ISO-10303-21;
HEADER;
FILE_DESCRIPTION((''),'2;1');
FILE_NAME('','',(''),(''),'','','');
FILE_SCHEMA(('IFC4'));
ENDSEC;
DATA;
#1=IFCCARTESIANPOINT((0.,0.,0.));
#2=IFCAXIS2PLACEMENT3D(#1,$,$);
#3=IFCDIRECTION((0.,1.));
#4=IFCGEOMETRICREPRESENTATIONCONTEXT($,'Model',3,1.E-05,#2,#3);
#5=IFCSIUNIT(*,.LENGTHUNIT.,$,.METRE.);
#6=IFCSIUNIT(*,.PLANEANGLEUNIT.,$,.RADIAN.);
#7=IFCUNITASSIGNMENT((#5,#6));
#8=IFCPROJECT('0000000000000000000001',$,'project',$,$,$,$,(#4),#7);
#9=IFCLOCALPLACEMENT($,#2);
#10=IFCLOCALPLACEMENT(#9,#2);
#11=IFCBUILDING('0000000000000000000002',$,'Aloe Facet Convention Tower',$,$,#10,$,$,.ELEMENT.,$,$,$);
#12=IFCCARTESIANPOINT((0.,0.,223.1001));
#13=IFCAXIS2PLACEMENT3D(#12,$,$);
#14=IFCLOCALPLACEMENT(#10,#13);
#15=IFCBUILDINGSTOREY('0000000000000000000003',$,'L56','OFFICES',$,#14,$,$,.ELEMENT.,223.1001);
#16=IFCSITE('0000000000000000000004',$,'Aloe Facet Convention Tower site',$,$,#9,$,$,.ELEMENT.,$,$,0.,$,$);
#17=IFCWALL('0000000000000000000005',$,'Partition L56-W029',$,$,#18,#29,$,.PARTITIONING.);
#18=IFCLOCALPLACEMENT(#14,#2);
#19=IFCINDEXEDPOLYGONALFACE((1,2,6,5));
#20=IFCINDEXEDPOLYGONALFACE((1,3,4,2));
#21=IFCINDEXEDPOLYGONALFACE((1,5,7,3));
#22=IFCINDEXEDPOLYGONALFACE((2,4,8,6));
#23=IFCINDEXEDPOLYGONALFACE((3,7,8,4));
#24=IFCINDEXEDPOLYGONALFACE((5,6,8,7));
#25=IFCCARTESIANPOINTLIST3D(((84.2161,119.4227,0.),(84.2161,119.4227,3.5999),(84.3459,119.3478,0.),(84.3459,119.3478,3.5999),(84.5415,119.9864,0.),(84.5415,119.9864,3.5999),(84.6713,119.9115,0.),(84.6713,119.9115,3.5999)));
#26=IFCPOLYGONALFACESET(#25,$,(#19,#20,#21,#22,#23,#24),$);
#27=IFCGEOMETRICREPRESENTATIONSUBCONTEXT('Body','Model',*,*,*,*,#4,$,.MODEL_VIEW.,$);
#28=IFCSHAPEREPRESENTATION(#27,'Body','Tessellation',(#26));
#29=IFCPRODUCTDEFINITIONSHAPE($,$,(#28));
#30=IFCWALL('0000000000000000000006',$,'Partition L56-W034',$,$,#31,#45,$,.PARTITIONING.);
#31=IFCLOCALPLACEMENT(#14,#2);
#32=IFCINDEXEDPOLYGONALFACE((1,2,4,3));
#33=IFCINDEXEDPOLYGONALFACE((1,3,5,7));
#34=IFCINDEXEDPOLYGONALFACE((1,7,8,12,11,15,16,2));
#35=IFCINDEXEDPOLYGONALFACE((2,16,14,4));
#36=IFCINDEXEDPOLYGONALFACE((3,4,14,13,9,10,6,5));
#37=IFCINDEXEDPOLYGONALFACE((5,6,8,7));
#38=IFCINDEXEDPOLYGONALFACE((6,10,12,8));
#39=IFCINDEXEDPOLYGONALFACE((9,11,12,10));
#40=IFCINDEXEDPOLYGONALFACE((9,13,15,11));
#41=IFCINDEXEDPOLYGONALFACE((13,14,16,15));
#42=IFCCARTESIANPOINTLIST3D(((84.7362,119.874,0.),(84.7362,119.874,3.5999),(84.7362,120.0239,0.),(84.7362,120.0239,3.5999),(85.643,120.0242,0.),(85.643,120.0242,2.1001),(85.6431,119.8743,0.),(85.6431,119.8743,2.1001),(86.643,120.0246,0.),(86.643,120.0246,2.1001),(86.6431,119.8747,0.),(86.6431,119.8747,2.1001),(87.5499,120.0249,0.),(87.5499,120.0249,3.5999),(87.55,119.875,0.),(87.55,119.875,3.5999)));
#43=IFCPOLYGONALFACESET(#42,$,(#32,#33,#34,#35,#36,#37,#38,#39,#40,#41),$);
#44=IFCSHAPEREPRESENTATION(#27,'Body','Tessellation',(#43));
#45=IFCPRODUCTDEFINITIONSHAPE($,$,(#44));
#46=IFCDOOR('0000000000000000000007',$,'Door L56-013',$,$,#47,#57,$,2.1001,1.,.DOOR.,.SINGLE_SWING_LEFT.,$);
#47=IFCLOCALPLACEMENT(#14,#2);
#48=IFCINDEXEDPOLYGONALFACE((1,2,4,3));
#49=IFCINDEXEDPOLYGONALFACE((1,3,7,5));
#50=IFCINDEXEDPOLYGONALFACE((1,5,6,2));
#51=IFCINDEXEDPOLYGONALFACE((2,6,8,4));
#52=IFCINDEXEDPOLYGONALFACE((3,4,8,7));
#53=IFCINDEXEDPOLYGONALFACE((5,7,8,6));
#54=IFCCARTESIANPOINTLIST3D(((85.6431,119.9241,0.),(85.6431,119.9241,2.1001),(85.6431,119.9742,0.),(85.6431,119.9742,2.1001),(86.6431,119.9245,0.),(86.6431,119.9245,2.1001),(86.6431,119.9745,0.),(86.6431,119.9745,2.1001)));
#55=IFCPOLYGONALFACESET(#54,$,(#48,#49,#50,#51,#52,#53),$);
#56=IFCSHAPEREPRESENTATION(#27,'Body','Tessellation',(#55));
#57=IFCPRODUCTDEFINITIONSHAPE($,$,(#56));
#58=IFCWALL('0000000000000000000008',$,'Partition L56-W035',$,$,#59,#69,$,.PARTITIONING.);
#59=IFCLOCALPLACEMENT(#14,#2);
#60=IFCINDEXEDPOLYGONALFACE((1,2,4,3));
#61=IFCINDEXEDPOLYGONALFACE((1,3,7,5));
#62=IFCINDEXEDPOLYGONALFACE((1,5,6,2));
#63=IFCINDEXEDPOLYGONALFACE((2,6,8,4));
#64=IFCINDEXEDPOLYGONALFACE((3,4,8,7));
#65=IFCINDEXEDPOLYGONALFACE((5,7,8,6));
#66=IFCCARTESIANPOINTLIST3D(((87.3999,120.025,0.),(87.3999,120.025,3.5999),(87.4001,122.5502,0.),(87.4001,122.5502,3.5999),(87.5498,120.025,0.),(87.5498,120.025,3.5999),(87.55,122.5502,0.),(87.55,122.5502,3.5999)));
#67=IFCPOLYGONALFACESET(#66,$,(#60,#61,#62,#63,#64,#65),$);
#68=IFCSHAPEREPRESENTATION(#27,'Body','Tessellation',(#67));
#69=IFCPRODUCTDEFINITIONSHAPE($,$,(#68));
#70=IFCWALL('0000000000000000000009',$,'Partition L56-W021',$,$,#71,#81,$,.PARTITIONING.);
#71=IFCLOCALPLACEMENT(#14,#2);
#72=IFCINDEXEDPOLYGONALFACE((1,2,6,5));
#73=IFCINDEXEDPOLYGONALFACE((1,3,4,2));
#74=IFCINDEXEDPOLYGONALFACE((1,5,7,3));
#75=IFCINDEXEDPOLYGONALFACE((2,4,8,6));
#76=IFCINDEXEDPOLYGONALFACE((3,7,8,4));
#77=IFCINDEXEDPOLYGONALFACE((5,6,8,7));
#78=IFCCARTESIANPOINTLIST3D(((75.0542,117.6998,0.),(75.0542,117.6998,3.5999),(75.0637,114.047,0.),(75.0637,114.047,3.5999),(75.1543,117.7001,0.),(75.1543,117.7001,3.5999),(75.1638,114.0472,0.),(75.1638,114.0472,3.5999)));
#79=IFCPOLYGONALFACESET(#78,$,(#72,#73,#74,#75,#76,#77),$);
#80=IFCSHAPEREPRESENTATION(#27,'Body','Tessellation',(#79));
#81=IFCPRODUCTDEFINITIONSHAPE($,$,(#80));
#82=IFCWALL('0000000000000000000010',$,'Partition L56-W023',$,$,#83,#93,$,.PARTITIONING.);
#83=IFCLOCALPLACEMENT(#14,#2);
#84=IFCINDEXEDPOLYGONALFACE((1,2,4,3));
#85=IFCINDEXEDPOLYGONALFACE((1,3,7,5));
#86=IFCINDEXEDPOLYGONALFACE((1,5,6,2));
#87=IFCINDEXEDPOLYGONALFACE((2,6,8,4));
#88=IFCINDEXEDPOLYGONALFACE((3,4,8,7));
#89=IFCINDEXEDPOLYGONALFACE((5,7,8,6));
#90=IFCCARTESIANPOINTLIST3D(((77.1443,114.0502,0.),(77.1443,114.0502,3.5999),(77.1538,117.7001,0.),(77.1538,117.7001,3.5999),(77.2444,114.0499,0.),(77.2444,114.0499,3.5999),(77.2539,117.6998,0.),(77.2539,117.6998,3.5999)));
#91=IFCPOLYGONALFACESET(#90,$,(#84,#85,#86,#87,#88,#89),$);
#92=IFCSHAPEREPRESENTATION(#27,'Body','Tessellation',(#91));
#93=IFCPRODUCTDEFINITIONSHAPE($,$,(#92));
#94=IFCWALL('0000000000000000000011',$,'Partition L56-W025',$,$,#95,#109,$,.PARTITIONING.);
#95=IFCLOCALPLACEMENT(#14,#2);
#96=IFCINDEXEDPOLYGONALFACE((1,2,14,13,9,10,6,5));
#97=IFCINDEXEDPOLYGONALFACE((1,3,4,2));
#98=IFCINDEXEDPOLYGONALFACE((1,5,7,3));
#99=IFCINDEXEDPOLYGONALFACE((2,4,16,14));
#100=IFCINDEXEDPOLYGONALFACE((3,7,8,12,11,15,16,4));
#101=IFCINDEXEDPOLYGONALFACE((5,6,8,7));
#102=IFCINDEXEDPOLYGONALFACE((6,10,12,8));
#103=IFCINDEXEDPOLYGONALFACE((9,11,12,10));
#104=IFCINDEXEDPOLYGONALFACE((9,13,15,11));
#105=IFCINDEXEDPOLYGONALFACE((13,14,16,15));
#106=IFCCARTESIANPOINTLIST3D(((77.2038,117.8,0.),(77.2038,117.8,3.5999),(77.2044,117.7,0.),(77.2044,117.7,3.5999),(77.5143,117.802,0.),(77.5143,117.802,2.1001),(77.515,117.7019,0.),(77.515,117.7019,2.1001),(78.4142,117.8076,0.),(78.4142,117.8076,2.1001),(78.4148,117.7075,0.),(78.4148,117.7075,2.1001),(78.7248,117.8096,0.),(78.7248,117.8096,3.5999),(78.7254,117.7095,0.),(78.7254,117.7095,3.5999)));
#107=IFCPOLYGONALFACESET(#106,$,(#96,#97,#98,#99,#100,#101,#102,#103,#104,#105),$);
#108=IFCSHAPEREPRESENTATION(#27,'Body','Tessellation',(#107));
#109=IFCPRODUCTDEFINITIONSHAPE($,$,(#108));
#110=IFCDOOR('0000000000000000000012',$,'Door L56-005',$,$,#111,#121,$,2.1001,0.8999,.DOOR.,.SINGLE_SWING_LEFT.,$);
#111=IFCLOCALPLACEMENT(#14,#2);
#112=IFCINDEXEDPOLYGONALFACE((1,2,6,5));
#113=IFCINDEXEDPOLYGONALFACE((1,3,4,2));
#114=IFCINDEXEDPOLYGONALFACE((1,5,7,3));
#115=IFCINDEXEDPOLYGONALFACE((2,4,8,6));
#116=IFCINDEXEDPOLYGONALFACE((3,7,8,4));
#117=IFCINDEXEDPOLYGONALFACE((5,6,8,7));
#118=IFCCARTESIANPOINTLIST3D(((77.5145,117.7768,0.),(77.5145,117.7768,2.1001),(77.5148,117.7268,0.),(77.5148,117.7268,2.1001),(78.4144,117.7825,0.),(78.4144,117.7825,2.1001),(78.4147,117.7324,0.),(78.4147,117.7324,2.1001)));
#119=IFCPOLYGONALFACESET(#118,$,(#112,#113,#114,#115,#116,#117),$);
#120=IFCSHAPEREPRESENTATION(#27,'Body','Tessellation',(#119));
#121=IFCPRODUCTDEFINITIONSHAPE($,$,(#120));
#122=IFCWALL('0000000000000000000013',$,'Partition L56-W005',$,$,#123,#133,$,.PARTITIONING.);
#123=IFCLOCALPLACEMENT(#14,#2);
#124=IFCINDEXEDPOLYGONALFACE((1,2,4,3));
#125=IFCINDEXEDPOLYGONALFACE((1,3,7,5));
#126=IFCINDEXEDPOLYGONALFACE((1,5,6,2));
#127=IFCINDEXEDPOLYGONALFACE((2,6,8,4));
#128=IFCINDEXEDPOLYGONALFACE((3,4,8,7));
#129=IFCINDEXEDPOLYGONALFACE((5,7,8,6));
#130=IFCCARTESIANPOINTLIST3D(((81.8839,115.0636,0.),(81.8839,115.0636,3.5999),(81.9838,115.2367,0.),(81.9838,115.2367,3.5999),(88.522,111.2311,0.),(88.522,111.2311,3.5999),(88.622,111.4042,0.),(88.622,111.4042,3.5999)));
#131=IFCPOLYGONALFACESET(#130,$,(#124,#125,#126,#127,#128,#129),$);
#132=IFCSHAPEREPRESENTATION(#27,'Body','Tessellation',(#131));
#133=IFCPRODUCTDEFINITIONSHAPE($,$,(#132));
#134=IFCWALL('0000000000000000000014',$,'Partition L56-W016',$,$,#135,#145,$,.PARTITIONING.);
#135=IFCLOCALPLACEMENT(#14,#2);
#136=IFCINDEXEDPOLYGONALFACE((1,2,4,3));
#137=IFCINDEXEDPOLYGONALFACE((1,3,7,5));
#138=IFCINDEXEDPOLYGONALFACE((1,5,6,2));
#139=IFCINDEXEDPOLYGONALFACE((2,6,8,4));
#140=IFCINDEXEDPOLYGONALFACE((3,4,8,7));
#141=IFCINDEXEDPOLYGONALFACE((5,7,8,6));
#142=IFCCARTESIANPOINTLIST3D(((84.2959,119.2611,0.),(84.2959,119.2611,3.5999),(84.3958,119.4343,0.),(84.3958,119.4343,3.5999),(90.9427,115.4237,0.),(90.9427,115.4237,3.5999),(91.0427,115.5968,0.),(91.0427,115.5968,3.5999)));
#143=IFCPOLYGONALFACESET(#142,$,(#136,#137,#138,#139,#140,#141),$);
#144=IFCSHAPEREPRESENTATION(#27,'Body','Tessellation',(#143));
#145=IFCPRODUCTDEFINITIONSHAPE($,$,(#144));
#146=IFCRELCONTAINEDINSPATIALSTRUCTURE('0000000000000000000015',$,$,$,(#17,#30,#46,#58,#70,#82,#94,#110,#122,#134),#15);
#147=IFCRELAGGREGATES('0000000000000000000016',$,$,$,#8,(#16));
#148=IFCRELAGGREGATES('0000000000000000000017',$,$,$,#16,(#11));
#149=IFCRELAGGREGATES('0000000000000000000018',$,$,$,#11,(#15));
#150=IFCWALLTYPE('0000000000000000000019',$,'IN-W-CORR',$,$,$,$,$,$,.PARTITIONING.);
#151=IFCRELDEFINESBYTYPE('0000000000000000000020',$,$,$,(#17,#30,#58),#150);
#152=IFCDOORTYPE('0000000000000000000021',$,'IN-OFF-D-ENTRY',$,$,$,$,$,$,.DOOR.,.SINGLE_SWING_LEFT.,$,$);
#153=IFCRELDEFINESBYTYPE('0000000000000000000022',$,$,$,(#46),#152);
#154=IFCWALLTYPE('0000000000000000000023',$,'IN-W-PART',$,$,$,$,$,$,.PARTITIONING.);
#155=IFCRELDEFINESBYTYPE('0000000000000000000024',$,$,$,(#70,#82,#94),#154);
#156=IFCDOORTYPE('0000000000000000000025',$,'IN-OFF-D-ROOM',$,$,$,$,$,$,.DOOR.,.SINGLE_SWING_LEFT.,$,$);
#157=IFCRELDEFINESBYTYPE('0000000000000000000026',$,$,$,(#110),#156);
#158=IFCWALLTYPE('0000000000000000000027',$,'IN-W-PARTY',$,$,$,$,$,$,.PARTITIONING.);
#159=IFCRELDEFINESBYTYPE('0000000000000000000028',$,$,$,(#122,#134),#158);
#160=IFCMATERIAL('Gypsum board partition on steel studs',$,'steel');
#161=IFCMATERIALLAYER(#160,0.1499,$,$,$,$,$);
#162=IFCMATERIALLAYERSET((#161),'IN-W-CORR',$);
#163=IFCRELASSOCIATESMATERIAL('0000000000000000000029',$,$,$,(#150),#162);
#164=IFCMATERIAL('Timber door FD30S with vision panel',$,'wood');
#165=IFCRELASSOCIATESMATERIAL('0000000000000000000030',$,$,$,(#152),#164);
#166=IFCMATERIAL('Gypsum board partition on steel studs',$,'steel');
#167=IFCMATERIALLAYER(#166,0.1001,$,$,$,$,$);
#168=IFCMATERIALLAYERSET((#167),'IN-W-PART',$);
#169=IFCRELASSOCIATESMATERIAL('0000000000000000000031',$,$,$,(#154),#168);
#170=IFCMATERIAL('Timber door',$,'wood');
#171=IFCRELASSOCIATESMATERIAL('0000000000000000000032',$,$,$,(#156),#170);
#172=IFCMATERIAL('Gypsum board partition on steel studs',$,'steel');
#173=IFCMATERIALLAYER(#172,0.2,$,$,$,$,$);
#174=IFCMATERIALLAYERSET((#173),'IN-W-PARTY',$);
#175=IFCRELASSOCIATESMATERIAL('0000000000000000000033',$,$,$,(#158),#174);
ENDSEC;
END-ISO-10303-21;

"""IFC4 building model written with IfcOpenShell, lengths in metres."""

from ifc_helpers import new_model, si_unit, direction, frame, frame_2d, origin, place, context, subcontext, project, spatial, rectangle, extrude, material, layer, layer_set, type_object, element, fill, save


model = new_model("IFC4")

# Units and contexts
model_context = context("Model", 3, precision=1e-05, world=origin(), true_north=direction((0.0, 1.0)))
body_context = subcontext(model_context, "Body", "Model", "MODEL_VIEW")
ifc_project = project(units=[si_unit("LENGTHUNIT", "METRE"), si_unit("PLANEANGLEUNIT", "RADIAN")], contexts=[model_context])

# Site, building, storey
site_placement = place(None, origin())
site = spatial("IfcSite", under=ifc_project, at=site_placement, Name="Aloe Facet Convention Tower site", CompositionType="ELEMENT", RefElevation=0.0)
building_placement = place(site_placement, origin())
building = spatial("IfcBuilding", under=site, at=building_placement, Name="Aloe Facet Convention Tower", CompositionType="ELEMENT")
storey_placement = place(building_placement, frame((0.0, 0.0, 223.1001)))
storey = spatial("IfcBuildingStorey", under=building, at=storey_placement, Name="L56", Description="OFFICES", CompositionType="ELEMENT", Elevation=223.1001)

# Shared definitions
ifc_material_1 = material(Name="Gypsum board partition on steel studs", Category="steel")
ifc_layer_1 = layer(ifc_material_1, 0.1499)
ifc_layer_set_1 = layer_set([ifc_layer_1], Name="IN-W-CORR")
wall_type_1 = type_object("IfcWallType", Name="IN-W-CORR", PredefinedType="PARTITIONING", material=ifc_layer_set_1)
ifc_material_2 = material(Name="Timber door FD30S with vision panel", Category="wood")
door_type_1 = type_object("IfcDoorType", Name="IN-OFF-D-ENTRY", OperationType="SINGLE_SWING_LEFT", PredefinedType="DOOR", material=ifc_material_2)

# Wall
wall_1_placement = place(storey_placement, frame((84.281, 119.3853, 0.0), z_axis=(0.0, 0.0, 1.0), x_axis=(0.499971, 0.866042, 0.0)))
element("IfcWall", 1, at=wall_1_placement, inside=storey, type_object=wall_type_1, Name="Partition L56-W029", PredefinedType="PARTITIONING", context=body_context, shape_type="SweptSolid", body=[
    extrude(rectangle(XDim=0.6509, YDim=0.1499, at=frame_2d((0.3254, 0.0))), origin(), (0.0, 0.0, 1.0), 3.5999),
])

# Wall, opening, door
wall_2_placement = place(storey_placement, frame((84.7363, 119.949, 0.0), z_axis=(0.0, 0.0, 1.0), x_axis=(1.0, 0.000347, 0.0)))
wall_2 = element("IfcWall", 2, at=wall_2_placement, inside=storey, type_object=wall_type_1, Name="Partition L56-W034", PredefinedType="PARTITIONING", context=body_context, shape_type="SweptSolid", body=[
    extrude(rectangle(XDim=2.8137, YDim=0.1499, at=frame_2d((1.4067, 0.0))), origin(), (0.0, 0.0, 1.0), 3.5999),
])
opening_1_placement = place(wall_2_placement, frame((0.9067, 0.0, 0.0)))
opening_1 = element("IfcOpeningElement", 3, at=opening_1_placement, cuts=wall_2, PredefinedType="OPENING", context=body_context, shape_type="SweptSolid", body=[
    extrude(rectangle(XDim=1.0, YDim=2.1001, at=frame_2d((0.5, 1.05))), frame((0.0, 0.085, 0.0), z_axis=(0.0, -1.0, 0.0), x_axis=(1.0, 0.0, 0.0)), (0.0, 0.0, 1.0), 0.1699),
])
door_1_placement = place(opening_1_placement, origin())
door_1 = element("IfcDoor", 4, at=door_1_placement, inside=storey, type_object=door_type_1, Name="Door L56-013", OperationType="SINGLE_SWING_LEFT", OverallHeight=2.1001, OverallWidth=1.0, PredefinedType="DOOR", context=body_context, shape_type="SweptSolid", body=[
    extrude(rectangle(XDim=1.0, YDim=2.1001, at=frame_2d((0.5, 1.05))), frame((0.0, 0.0249, 0.0), z_axis=(0.0, -1.0, 0.0), x_axis=(1.0, 0.0, 0.0)), (0.0, 0.0, 1.0), 0.05),
])
fill(opening_1, door_1)

# Walls
wall_3_placement = place(storey_placement, frame((87.4749, 120.0249, 0.0), z_axis=(0.0, 0.0, 1.0), x_axis=(0.000097, 1.0, 0.0)))
element("IfcWall", 5, at=wall_3_placement, inside=storey, type_object=wall_type_1, Name="Partition L56-W035", PredefinedType="PARTITIONING", context=body_context, shape_type="SweptSolid", body=[
    extrude(rectangle(XDim=2.5251, YDim=0.1499, at=frame_2d((1.2627, 0.0))), origin(), (0.0, 0.0, 1.0), 3.5999),
])
ifc_material_3 = material(Name="Gypsum board partition on steel studs", Category="steel")
ifc_layer_2 = layer(ifc_material_3, 0.1001)
ifc_layer_set_2 = layer_set([ifc_layer_2], Name="IN-W-PART")
wall_type_2 = type_object("IfcWallType", Name="IN-W-PART", PredefinedType="PARTITIONING", material=ifc_layer_set_2)
wall_4_placement = place(storey_placement, frame((75.1138, 114.0471, 0.0), z_axis=(0.0, 0.0, 1.0), x_axis=(-0.002607, 0.999997, 0.0)))
element("IfcWall", 6, at=wall_4_placement, inside=storey, type_object=wall_type_2, Name="Partition L56-W021", PredefinedType="PARTITIONING", context=body_context, shape_type="SweptSolid", body=[
    extrude(rectangle(XDim=3.6528, YDim=0.1001, at=frame_2d((1.8264, 0.0))), origin(), (0.0, 0.0, 1.0), 3.5999),
])
wall_5_placement = place(storey_placement, frame((77.1943, 114.05, 0.0), z_axis=(0.0, 0.0, 1.0), x_axis=(0.002609, 0.999997, 0.0)))
element("IfcWall", 7, at=wall_5_placement, inside=storey, type_object=wall_type_2, Name="Partition L56-W023", PredefinedType="PARTITIONING", context=body_context, shape_type="SweptSolid", body=[
    extrude(rectangle(XDim=3.6499, YDim=0.1001, at=frame_2d((1.825, 0.0))), origin(), (0.0, 0.0, 1.0), 3.5999),
])

# Wall, opening, door
wall_6_placement = place(storey_placement, frame((77.2041, 117.75, 0.0), z_axis=(0.0, 0.0, 1.0), x_axis=(0.99998, 0.00626, 0.0)))
wall_6 = element("IfcWall", 8, at=wall_6_placement, inside=storey, type_object=wall_type_2, Name="Partition L56-W025", PredefinedType="PARTITIONING", context=body_context, shape_type="SweptSolid", body=[
    extrude(rectangle(XDim=1.521, YDim=0.1001, at=frame_2d((0.7605, 0.0))), origin(), (0.0, 0.0, 1.0), 3.5999),
])
opening_2_placement = place(wall_6_placement, frame((0.3105, 0.0, 0.0)))
opening_2 = element("IfcOpeningElement", 9, at=opening_2_placement, cuts=wall_6, PredefinedType="OPENING", context=body_context, shape_type="SweptSolid", body=[
    extrude(rectangle(XDim=0.8999, YDim=2.1001, at=frame_2d((0.45, 1.05))), frame((0.0, 0.0601, 0.0), z_axis=(0.0, -1.0, 0.0), x_axis=(1.0, 0.0, 0.0)), (0.0, 0.0, 1.0), 0.1201),
])
ifc_material_4 = material(Name="Timber door", Category="wood")
door_type_2 = type_object("IfcDoorType", Name="IN-OFF-D-ROOM", OperationType="SINGLE_SWING_LEFT", PredefinedType="DOOR", material=ifc_material_4)
door_2_placement = place(opening_2_placement, origin())
door_2 = element("IfcDoor", 10, at=door_2_placement, inside=storey, type_object=door_type_2, Name="Door L56-005", OperationType="SINGLE_SWING_LEFT", OverallHeight=2.1001, OverallWidth=0.8999, PredefinedType="DOOR", context=body_context, shape_type="SweptSolid", body=[
    extrude(rectangle(XDim=0.8999, YDim=2.1001, at=frame_2d((0.45, 1.05))), frame((0.0, 0.0249, 0.0), z_axis=(0.0, -1.0, 0.0), x_axis=(1.0, 0.0, 0.0)), (0.0, 0.0, 1.0), 0.05),
])
fill(opening_2, door_2)

# Walls
ifc_material_5 = material(Name="Gypsum board partition on steel studs", Category="steel")
ifc_layer_3 = layer(ifc_material_5, 0.2)
ifc_layer_set_3 = layer_set([ifc_layer_3], Name="IN-W-PARTY")
wall_type_3 = type_object("IfcWallType", Name="IN-W-PARTY", PredefinedType="PARTITIONING", material=ifc_layer_set_3)
wall_7_placement = place(storey_placement, frame((81.9338, 115.1501, 0.0), z_axis=(0.0, 0.0, 1.0), x_axis=(0.866028, -0.499996, 0.0)))
element("IfcWall", 11, at=wall_7_placement, inside=storey, type_object=wall_type_3, Name="Partition L56-W005", PredefinedType="PARTITIONING", context=body_context, shape_type="SweptSolid", body=[
    extrude(rectangle(XDim=7.665, YDim=0.2, at=frame_2d((3.8325, 0.0))), origin(), (0.0, 0.0, 1.0), 3.5999),
])
wall_8_placement = place(storey_placement, frame((84.3459, 119.3477, 0.0), z_axis=(0.0, 0.0, 1.0), x_axis=(0.86603, -0.499991, 0.0)))
element("IfcWall", 12, at=wall_8_placement, inside=storey, type_object=wall_type_3, Name="Partition L56-W016", PredefinedType="PARTITIONING", context=body_context, shape_type="SweptSolid", body=[
    extrude(rectangle(XDim=7.675, YDim=0.2, at=frame_2d((3.8374, 0.0))), origin(), (0.0, 0.0, 1.0), 3.5999),
])

save(model, "model.ifc")
